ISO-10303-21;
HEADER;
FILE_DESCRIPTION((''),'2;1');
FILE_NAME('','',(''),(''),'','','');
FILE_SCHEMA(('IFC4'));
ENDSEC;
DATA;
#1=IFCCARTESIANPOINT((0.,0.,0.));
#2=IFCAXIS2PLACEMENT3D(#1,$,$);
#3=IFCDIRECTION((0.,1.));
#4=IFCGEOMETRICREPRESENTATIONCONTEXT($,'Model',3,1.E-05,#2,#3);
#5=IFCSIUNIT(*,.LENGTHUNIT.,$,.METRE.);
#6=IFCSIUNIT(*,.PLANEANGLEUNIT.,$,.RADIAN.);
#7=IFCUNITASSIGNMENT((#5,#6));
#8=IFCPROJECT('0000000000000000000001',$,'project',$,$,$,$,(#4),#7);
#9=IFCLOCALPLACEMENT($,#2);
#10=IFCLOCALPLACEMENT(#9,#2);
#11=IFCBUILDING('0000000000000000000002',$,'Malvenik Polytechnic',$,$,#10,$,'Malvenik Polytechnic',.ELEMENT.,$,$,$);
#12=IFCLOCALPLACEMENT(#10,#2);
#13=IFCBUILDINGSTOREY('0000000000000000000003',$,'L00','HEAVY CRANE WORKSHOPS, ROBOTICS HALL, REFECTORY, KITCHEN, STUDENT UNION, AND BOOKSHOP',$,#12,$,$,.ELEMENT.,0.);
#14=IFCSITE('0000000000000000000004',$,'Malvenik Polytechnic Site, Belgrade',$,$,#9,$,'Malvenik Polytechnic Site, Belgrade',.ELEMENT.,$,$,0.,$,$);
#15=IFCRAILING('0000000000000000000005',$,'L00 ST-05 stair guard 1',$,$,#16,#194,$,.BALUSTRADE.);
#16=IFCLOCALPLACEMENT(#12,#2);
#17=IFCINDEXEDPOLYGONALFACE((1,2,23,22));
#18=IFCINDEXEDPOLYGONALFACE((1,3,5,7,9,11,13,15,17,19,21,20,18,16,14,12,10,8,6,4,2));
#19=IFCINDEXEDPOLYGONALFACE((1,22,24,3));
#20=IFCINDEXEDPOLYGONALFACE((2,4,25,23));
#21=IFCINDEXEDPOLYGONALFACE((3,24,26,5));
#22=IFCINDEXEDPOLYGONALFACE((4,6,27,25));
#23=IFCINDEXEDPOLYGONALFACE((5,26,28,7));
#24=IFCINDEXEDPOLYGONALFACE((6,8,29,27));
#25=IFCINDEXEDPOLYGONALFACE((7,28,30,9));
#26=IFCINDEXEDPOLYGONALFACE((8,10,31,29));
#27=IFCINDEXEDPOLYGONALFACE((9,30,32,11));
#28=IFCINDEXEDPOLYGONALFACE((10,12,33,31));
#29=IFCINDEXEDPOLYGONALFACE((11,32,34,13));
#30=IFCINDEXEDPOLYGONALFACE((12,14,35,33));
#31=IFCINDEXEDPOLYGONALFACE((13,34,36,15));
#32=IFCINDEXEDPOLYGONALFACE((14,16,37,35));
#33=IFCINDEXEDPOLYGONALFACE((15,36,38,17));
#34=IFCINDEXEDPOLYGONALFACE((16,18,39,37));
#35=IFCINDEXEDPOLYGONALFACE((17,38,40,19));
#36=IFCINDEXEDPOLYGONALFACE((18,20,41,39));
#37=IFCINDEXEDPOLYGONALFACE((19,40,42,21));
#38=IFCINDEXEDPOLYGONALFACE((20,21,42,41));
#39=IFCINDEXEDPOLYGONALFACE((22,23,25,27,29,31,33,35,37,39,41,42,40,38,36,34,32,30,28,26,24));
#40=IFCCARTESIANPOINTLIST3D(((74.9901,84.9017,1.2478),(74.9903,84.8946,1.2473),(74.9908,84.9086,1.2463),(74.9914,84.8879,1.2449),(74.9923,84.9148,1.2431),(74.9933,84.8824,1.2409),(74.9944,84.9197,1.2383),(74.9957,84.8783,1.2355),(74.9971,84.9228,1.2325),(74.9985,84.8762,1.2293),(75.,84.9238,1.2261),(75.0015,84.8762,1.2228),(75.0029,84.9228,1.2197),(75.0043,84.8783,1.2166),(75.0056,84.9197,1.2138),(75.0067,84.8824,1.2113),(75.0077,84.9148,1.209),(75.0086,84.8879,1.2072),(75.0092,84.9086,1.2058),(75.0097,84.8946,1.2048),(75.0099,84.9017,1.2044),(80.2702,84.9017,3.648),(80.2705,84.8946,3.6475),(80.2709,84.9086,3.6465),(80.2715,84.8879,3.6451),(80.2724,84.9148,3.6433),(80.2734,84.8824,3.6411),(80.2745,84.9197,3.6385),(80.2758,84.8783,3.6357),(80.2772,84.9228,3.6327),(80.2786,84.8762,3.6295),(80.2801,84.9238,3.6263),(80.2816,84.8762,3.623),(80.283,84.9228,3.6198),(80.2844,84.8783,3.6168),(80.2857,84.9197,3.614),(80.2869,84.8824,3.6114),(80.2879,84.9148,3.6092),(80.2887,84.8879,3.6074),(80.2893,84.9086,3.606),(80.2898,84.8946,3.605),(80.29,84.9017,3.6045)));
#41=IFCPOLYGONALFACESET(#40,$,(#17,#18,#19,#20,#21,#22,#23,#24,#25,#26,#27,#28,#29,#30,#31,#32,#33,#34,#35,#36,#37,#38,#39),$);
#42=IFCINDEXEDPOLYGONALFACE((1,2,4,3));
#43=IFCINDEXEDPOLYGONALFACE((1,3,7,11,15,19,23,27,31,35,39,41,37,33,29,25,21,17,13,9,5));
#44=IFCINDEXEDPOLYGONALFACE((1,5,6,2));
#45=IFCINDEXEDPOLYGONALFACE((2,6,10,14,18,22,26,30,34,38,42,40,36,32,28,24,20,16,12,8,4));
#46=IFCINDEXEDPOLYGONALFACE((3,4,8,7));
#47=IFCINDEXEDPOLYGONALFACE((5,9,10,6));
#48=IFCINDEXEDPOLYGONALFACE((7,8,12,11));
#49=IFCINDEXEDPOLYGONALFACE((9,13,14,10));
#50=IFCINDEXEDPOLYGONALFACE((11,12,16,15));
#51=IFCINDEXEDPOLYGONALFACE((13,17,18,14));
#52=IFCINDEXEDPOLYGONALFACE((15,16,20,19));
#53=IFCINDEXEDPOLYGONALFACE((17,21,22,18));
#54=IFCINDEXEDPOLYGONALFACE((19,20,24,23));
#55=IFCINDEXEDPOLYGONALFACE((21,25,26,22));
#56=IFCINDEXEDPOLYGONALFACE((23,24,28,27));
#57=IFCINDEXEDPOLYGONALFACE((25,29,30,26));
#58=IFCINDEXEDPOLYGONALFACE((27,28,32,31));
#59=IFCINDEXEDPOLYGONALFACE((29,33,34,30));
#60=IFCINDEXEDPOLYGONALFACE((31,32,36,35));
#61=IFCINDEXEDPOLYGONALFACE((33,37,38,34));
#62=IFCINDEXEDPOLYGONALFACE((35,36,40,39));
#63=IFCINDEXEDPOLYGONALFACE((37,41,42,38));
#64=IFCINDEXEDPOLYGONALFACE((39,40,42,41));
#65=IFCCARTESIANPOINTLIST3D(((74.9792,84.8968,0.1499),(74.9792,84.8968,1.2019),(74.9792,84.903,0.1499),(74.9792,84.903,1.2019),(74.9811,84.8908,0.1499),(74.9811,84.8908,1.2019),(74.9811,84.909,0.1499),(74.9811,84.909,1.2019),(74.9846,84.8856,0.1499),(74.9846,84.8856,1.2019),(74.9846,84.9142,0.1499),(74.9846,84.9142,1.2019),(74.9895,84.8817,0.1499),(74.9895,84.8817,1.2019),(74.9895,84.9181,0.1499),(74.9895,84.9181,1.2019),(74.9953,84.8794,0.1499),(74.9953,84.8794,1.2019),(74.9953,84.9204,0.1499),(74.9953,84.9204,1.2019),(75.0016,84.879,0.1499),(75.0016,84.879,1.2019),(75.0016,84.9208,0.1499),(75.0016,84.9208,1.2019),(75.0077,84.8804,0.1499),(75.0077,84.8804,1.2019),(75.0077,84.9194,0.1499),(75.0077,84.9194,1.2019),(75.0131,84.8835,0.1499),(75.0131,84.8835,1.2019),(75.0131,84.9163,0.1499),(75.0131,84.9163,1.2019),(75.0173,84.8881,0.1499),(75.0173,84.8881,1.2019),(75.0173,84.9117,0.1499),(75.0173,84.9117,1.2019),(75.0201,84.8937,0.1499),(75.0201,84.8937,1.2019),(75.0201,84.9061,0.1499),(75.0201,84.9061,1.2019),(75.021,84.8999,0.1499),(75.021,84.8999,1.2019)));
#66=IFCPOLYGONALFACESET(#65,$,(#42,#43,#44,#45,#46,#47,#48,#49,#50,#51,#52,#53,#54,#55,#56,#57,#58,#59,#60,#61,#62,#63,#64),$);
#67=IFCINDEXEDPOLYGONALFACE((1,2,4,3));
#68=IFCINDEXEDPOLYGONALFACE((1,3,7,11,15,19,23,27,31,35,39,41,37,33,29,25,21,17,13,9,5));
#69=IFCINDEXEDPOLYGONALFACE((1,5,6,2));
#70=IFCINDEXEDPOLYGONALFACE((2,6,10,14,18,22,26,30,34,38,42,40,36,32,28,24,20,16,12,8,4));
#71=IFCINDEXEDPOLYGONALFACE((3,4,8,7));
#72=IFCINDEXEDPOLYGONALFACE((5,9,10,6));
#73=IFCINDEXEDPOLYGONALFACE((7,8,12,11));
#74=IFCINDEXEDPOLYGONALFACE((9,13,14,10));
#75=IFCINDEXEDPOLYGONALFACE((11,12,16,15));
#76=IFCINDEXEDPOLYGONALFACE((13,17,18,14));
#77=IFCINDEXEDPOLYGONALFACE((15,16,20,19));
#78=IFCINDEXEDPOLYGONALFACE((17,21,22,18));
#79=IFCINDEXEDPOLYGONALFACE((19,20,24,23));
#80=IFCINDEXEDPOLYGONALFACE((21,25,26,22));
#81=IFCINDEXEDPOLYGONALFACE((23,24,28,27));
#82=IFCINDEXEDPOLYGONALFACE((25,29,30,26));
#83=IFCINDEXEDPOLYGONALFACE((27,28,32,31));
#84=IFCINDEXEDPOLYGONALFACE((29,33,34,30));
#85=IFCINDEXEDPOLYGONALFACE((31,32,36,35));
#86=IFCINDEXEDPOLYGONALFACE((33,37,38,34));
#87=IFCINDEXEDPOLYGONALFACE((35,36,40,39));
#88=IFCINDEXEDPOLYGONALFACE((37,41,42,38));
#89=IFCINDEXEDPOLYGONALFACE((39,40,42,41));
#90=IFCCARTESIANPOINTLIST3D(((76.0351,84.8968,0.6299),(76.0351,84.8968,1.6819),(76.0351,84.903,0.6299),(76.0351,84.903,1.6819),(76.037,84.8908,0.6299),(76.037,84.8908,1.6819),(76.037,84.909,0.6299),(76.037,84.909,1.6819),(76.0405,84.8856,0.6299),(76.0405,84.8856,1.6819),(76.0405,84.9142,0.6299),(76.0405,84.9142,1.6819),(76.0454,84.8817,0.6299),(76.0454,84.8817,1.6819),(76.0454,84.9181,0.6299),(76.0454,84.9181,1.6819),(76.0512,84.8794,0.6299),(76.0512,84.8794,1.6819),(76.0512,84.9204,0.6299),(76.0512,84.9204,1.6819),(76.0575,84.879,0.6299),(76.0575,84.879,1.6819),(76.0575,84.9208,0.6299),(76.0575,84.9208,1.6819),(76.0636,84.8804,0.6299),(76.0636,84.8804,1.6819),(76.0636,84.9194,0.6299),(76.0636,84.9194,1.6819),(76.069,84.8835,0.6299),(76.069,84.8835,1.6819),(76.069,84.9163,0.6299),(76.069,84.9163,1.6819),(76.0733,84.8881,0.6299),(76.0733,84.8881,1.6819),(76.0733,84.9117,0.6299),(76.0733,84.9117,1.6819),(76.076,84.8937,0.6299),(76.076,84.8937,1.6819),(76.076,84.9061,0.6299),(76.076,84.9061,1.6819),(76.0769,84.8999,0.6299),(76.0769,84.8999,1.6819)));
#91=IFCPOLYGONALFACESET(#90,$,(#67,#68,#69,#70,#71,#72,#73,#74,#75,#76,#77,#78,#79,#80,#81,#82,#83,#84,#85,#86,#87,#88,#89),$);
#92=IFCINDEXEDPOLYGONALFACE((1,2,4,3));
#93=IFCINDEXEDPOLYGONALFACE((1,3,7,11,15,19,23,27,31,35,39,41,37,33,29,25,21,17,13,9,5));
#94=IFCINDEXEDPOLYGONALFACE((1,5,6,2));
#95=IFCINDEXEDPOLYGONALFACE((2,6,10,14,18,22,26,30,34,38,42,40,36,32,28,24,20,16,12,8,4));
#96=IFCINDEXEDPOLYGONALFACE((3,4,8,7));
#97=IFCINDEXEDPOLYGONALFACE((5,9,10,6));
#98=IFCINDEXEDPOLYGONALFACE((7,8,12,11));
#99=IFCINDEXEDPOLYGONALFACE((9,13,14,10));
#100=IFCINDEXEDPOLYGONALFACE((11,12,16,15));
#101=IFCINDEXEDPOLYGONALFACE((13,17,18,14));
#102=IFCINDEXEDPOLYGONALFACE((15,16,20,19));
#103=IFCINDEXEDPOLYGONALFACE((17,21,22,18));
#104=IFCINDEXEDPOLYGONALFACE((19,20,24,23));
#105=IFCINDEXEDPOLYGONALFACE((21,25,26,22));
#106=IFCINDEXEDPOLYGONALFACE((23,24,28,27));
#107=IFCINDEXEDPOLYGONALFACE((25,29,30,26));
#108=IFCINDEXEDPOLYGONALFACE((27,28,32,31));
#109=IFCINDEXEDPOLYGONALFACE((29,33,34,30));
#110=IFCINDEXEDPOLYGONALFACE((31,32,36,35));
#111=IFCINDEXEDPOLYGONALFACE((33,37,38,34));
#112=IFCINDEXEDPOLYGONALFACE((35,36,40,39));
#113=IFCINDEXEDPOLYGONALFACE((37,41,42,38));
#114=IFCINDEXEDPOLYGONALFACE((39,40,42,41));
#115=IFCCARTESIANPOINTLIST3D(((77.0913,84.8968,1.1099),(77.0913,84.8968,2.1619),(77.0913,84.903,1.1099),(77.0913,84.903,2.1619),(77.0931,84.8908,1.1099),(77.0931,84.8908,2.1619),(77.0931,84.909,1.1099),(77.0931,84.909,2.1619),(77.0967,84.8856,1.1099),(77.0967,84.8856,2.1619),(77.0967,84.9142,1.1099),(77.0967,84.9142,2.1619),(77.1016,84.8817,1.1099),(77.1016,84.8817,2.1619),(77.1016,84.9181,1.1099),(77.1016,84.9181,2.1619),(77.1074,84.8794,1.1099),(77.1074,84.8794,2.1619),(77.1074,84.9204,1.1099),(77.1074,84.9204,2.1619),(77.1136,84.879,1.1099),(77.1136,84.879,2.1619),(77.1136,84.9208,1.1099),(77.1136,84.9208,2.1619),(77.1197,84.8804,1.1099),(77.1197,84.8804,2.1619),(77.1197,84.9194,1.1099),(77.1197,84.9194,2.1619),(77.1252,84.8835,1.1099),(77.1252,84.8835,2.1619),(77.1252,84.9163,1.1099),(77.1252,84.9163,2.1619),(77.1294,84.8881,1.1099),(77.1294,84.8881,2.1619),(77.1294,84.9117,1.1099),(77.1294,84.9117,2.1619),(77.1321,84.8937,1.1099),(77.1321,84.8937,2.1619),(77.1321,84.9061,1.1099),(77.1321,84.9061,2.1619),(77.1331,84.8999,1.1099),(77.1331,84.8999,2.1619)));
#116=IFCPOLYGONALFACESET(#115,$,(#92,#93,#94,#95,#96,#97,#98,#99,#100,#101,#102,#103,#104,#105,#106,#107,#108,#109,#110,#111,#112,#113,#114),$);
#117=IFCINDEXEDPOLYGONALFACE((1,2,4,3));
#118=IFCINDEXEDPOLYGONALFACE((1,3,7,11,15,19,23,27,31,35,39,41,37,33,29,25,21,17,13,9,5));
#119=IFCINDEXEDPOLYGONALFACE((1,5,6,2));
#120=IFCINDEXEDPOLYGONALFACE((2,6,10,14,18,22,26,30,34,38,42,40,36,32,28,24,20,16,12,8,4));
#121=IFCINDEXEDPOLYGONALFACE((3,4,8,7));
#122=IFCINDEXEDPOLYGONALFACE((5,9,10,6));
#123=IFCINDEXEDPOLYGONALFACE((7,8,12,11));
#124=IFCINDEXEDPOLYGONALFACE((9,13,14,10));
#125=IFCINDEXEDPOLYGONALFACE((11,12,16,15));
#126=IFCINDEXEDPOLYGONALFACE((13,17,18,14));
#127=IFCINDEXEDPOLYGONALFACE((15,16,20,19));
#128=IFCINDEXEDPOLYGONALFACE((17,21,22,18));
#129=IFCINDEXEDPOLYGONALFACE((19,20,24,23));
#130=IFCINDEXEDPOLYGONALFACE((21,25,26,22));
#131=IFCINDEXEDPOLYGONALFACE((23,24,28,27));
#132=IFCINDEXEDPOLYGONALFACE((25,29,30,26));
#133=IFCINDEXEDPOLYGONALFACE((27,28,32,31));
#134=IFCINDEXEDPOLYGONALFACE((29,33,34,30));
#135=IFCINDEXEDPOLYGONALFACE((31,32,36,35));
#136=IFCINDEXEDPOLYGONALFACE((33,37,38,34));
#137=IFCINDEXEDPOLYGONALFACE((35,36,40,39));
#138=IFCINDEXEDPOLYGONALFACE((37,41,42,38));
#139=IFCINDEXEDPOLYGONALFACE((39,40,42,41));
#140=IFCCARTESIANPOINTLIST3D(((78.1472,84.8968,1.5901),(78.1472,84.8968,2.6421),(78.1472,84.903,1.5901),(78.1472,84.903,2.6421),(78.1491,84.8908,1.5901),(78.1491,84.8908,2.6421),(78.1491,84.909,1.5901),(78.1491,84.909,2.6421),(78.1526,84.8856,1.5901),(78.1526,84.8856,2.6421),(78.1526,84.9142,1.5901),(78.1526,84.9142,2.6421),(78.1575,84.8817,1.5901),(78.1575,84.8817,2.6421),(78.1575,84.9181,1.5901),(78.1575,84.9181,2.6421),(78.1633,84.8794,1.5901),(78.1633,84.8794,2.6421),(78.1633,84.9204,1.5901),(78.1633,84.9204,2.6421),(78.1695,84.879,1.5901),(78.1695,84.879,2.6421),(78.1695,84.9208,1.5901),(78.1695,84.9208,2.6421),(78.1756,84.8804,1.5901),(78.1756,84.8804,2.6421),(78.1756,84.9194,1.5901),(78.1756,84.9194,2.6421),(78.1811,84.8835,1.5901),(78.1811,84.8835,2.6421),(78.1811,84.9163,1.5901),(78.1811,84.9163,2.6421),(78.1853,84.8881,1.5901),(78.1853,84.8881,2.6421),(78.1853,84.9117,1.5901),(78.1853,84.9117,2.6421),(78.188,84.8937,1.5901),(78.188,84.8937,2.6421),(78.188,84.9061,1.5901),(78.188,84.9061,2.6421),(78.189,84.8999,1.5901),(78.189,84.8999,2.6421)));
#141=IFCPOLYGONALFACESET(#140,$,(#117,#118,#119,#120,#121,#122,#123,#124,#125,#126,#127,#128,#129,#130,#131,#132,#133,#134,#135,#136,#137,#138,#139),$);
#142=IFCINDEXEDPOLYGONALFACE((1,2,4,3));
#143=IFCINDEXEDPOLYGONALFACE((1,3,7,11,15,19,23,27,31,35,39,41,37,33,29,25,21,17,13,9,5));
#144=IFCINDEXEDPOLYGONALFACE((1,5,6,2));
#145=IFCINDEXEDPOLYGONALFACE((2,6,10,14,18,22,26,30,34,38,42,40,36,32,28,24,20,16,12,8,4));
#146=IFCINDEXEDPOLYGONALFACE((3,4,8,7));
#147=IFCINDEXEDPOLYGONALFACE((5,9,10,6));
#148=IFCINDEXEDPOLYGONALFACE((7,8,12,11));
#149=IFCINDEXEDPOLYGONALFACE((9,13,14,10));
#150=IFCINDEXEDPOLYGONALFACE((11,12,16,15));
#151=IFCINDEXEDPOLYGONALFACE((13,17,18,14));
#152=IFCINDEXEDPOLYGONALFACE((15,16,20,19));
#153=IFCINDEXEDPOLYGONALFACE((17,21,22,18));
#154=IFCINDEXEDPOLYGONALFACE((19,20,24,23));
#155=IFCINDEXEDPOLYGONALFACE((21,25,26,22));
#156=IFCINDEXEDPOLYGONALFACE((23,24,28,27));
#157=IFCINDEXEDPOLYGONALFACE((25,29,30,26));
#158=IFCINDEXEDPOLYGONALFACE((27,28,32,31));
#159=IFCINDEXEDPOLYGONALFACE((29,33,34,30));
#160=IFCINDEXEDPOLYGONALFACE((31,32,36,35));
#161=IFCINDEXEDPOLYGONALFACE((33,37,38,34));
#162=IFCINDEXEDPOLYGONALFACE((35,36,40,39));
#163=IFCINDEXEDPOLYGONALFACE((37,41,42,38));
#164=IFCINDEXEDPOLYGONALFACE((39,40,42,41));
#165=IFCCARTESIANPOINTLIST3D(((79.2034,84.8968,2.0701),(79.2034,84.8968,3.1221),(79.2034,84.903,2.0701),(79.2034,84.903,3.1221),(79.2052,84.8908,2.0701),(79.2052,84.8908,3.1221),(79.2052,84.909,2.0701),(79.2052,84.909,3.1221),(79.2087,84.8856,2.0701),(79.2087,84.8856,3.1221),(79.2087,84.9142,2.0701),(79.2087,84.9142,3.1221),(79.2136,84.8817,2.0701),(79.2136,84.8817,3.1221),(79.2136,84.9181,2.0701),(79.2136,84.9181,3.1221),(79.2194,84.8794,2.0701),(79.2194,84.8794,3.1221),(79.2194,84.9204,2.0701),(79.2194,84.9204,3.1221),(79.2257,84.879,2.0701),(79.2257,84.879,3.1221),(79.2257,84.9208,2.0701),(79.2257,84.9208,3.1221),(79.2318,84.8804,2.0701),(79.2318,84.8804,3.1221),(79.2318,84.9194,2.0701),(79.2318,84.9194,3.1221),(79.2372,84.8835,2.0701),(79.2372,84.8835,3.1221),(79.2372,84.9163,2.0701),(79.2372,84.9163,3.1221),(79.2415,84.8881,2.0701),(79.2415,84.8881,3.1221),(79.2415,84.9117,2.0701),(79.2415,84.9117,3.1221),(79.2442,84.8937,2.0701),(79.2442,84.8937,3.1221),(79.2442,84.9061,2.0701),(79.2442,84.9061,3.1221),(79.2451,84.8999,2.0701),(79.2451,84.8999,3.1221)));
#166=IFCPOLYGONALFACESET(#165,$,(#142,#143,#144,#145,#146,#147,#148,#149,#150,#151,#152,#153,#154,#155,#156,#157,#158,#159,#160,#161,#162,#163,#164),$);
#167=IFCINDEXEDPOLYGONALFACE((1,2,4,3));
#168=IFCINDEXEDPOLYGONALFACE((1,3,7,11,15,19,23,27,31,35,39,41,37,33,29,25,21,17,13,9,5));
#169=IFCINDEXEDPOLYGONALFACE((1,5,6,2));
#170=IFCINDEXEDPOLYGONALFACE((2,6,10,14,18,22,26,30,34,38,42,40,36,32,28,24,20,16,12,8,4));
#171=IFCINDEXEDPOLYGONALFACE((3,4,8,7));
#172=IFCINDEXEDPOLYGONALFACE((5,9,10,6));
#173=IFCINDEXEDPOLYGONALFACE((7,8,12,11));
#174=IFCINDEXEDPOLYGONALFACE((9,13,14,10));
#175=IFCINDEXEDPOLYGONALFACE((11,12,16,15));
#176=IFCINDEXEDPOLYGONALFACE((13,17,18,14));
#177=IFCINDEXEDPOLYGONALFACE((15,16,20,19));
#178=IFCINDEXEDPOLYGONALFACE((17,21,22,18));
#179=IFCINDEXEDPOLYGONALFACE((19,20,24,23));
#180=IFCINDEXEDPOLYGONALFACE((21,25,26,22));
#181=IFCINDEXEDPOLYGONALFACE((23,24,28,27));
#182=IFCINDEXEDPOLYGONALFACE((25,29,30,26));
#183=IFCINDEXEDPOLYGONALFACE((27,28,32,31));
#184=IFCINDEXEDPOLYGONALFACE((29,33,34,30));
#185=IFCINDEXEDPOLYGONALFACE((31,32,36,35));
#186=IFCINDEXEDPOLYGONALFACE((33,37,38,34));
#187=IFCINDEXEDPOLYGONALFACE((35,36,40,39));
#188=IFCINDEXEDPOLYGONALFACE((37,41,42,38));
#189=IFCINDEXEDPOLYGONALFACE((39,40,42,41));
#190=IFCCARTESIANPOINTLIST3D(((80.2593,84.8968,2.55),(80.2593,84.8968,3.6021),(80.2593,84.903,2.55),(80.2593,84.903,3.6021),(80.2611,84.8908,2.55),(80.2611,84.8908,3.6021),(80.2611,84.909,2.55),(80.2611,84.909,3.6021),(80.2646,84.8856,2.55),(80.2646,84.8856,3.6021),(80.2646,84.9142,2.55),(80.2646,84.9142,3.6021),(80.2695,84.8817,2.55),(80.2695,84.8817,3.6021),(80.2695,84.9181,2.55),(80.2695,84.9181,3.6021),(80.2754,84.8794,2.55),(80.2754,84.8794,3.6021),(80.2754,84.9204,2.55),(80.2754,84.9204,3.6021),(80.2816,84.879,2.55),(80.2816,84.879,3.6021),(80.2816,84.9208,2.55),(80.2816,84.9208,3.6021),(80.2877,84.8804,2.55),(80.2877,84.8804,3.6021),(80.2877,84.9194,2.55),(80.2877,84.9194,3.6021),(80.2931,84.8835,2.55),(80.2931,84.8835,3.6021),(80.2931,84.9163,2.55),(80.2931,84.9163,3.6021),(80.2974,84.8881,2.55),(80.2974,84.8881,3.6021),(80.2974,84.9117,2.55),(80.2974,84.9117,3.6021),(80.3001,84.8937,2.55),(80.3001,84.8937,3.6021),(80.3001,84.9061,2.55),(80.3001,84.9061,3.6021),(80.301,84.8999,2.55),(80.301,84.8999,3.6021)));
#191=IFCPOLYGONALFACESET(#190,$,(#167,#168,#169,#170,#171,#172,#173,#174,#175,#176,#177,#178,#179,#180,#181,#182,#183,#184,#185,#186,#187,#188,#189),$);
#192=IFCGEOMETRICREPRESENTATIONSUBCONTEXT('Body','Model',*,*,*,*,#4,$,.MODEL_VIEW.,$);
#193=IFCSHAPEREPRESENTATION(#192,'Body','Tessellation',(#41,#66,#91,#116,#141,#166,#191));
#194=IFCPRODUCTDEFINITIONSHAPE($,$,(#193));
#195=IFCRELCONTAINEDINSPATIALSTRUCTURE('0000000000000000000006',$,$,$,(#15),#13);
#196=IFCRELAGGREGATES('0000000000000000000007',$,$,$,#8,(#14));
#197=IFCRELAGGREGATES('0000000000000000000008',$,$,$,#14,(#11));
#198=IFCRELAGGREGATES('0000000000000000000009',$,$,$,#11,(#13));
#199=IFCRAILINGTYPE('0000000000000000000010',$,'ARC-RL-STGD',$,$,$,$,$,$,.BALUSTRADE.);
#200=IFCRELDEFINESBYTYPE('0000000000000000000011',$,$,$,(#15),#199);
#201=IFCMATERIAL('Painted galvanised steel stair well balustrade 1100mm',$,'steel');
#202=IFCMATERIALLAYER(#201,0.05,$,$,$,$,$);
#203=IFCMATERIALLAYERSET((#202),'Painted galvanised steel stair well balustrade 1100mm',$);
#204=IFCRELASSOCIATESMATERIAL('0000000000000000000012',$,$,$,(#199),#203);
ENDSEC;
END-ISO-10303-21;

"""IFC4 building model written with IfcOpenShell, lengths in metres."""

from ifc_helpers import new_model, si_unit, direction, frame, origin, origin_2d, place, context, subcontext, project, spatial, circle, extrude, material, layer, layer_set, type_object, element, save


model = new_model("IFC4")

# Units and contexts
model_context = context("Model", 3, precision=1e-05, world=origin(), true_north=direction((0.0, 1.0)))
body_context = subcontext(model_context, "Body", "Model", "MODEL_VIEW")
ifc_project = project(units=[si_unit("LENGTHUNIT", "METRE"), si_unit("PLANEANGLEUNIT", "RADIAN")], contexts=[model_context])

# Site, building, storey
site_placement = place(None, origin())
site = spatial("IfcSite", under=ifc_project, at=site_placement, Name="Malvenik Polytechnic Site, Belgrade", LongName="Malvenik Polytechnic Site, Belgrade", CompositionType="ELEMENT", RefElevation=0.0)
building_placement = place(site_placement, origin())
building = spatial("IfcBuilding", under=site, at=building_placement, Name="Malvenik Polytechnic", LongName="Malvenik Polytechnic", CompositionType="ELEMENT")
storey_placement = place(building_placement, origin())
storey = spatial("IfcBuildingStorey", under=building, at=storey_placement, Name="L00", Description="HEAVY CRANE WORKSHOPS, ROBOTICS HALL, REFECTORY, KITCHEN, STUDENT UNION, AND BOOKSHOP", CompositionType="ELEMENT", Elevation=0.0)

# Railing
ifc_material_1 = material(Name="Painted galvanised steel stair well balustrade 1100mm", Category="steel")
ifc_layer_1 = layer(ifc_material_1, 0.05)
ifc_layer_set_1 = layer_set([ifc_layer_1], Name="Painted galvanised steel stair well balustrade 1100mm")
railing_type_1 = type_object("IfcRailingType", Name="ARC-RL-STGD", PredefinedType="BALUSTRADE", material=ifc_layer_set_1)
railing_1_placement = place(storey_placement, frame((75.0, 84.8999, 0.1499)))
element("IfcRailing", 1, at=railing_1_placement, inside=storey, type_object=railing_type_1, Name="L00 ST-05 stair guard 1", PredefinedType="BALUSTRADE", context=body_context, shape_type="SweptSolid", body=[
    extrude(circle(Radius=0.0239, at=origin_2d()), frame((0.0, 0.0, 1.0762), z_axis=(0.910358, 0.0, 0.413822), x_axis=(0.0, 1.0, 0.0)), (0.0, 0.0, 1.0), 5.8),
    extrude(circle(Radius=0.021, at=origin_2d()), origin(), (0.0, 0.0, 1.0), 1.052),
    extrude(circle(Radius=0.021, at=origin_2d()), frame((1.0559, 0.0, 0.48)), (0.0, 0.0, 1.0), 1.052),
    extrude(circle(Radius=0.021, at=origin_2d()), frame((2.1121, 0.0, 0.96)), (0.0, 0.0, 1.0), 1.052),
    extrude(circle(Radius=0.021, at=origin_2d()), frame((3.168, 0.0, 1.4402)), (0.0, 0.0, 1.0), 1.052),
    extrude(circle(Radius=0.021, at=origin_2d()), frame((4.2241, 0.0, 1.9202)), (0.0, 0.0, 1.0), 1.052),
    extrude(circle(Radius=0.021, at=origin_2d()), frame((5.28, 0.0, 2.4001)), (0.0, 0.0, 1.0), 1.052),
])

save(model, "model.ifc")
